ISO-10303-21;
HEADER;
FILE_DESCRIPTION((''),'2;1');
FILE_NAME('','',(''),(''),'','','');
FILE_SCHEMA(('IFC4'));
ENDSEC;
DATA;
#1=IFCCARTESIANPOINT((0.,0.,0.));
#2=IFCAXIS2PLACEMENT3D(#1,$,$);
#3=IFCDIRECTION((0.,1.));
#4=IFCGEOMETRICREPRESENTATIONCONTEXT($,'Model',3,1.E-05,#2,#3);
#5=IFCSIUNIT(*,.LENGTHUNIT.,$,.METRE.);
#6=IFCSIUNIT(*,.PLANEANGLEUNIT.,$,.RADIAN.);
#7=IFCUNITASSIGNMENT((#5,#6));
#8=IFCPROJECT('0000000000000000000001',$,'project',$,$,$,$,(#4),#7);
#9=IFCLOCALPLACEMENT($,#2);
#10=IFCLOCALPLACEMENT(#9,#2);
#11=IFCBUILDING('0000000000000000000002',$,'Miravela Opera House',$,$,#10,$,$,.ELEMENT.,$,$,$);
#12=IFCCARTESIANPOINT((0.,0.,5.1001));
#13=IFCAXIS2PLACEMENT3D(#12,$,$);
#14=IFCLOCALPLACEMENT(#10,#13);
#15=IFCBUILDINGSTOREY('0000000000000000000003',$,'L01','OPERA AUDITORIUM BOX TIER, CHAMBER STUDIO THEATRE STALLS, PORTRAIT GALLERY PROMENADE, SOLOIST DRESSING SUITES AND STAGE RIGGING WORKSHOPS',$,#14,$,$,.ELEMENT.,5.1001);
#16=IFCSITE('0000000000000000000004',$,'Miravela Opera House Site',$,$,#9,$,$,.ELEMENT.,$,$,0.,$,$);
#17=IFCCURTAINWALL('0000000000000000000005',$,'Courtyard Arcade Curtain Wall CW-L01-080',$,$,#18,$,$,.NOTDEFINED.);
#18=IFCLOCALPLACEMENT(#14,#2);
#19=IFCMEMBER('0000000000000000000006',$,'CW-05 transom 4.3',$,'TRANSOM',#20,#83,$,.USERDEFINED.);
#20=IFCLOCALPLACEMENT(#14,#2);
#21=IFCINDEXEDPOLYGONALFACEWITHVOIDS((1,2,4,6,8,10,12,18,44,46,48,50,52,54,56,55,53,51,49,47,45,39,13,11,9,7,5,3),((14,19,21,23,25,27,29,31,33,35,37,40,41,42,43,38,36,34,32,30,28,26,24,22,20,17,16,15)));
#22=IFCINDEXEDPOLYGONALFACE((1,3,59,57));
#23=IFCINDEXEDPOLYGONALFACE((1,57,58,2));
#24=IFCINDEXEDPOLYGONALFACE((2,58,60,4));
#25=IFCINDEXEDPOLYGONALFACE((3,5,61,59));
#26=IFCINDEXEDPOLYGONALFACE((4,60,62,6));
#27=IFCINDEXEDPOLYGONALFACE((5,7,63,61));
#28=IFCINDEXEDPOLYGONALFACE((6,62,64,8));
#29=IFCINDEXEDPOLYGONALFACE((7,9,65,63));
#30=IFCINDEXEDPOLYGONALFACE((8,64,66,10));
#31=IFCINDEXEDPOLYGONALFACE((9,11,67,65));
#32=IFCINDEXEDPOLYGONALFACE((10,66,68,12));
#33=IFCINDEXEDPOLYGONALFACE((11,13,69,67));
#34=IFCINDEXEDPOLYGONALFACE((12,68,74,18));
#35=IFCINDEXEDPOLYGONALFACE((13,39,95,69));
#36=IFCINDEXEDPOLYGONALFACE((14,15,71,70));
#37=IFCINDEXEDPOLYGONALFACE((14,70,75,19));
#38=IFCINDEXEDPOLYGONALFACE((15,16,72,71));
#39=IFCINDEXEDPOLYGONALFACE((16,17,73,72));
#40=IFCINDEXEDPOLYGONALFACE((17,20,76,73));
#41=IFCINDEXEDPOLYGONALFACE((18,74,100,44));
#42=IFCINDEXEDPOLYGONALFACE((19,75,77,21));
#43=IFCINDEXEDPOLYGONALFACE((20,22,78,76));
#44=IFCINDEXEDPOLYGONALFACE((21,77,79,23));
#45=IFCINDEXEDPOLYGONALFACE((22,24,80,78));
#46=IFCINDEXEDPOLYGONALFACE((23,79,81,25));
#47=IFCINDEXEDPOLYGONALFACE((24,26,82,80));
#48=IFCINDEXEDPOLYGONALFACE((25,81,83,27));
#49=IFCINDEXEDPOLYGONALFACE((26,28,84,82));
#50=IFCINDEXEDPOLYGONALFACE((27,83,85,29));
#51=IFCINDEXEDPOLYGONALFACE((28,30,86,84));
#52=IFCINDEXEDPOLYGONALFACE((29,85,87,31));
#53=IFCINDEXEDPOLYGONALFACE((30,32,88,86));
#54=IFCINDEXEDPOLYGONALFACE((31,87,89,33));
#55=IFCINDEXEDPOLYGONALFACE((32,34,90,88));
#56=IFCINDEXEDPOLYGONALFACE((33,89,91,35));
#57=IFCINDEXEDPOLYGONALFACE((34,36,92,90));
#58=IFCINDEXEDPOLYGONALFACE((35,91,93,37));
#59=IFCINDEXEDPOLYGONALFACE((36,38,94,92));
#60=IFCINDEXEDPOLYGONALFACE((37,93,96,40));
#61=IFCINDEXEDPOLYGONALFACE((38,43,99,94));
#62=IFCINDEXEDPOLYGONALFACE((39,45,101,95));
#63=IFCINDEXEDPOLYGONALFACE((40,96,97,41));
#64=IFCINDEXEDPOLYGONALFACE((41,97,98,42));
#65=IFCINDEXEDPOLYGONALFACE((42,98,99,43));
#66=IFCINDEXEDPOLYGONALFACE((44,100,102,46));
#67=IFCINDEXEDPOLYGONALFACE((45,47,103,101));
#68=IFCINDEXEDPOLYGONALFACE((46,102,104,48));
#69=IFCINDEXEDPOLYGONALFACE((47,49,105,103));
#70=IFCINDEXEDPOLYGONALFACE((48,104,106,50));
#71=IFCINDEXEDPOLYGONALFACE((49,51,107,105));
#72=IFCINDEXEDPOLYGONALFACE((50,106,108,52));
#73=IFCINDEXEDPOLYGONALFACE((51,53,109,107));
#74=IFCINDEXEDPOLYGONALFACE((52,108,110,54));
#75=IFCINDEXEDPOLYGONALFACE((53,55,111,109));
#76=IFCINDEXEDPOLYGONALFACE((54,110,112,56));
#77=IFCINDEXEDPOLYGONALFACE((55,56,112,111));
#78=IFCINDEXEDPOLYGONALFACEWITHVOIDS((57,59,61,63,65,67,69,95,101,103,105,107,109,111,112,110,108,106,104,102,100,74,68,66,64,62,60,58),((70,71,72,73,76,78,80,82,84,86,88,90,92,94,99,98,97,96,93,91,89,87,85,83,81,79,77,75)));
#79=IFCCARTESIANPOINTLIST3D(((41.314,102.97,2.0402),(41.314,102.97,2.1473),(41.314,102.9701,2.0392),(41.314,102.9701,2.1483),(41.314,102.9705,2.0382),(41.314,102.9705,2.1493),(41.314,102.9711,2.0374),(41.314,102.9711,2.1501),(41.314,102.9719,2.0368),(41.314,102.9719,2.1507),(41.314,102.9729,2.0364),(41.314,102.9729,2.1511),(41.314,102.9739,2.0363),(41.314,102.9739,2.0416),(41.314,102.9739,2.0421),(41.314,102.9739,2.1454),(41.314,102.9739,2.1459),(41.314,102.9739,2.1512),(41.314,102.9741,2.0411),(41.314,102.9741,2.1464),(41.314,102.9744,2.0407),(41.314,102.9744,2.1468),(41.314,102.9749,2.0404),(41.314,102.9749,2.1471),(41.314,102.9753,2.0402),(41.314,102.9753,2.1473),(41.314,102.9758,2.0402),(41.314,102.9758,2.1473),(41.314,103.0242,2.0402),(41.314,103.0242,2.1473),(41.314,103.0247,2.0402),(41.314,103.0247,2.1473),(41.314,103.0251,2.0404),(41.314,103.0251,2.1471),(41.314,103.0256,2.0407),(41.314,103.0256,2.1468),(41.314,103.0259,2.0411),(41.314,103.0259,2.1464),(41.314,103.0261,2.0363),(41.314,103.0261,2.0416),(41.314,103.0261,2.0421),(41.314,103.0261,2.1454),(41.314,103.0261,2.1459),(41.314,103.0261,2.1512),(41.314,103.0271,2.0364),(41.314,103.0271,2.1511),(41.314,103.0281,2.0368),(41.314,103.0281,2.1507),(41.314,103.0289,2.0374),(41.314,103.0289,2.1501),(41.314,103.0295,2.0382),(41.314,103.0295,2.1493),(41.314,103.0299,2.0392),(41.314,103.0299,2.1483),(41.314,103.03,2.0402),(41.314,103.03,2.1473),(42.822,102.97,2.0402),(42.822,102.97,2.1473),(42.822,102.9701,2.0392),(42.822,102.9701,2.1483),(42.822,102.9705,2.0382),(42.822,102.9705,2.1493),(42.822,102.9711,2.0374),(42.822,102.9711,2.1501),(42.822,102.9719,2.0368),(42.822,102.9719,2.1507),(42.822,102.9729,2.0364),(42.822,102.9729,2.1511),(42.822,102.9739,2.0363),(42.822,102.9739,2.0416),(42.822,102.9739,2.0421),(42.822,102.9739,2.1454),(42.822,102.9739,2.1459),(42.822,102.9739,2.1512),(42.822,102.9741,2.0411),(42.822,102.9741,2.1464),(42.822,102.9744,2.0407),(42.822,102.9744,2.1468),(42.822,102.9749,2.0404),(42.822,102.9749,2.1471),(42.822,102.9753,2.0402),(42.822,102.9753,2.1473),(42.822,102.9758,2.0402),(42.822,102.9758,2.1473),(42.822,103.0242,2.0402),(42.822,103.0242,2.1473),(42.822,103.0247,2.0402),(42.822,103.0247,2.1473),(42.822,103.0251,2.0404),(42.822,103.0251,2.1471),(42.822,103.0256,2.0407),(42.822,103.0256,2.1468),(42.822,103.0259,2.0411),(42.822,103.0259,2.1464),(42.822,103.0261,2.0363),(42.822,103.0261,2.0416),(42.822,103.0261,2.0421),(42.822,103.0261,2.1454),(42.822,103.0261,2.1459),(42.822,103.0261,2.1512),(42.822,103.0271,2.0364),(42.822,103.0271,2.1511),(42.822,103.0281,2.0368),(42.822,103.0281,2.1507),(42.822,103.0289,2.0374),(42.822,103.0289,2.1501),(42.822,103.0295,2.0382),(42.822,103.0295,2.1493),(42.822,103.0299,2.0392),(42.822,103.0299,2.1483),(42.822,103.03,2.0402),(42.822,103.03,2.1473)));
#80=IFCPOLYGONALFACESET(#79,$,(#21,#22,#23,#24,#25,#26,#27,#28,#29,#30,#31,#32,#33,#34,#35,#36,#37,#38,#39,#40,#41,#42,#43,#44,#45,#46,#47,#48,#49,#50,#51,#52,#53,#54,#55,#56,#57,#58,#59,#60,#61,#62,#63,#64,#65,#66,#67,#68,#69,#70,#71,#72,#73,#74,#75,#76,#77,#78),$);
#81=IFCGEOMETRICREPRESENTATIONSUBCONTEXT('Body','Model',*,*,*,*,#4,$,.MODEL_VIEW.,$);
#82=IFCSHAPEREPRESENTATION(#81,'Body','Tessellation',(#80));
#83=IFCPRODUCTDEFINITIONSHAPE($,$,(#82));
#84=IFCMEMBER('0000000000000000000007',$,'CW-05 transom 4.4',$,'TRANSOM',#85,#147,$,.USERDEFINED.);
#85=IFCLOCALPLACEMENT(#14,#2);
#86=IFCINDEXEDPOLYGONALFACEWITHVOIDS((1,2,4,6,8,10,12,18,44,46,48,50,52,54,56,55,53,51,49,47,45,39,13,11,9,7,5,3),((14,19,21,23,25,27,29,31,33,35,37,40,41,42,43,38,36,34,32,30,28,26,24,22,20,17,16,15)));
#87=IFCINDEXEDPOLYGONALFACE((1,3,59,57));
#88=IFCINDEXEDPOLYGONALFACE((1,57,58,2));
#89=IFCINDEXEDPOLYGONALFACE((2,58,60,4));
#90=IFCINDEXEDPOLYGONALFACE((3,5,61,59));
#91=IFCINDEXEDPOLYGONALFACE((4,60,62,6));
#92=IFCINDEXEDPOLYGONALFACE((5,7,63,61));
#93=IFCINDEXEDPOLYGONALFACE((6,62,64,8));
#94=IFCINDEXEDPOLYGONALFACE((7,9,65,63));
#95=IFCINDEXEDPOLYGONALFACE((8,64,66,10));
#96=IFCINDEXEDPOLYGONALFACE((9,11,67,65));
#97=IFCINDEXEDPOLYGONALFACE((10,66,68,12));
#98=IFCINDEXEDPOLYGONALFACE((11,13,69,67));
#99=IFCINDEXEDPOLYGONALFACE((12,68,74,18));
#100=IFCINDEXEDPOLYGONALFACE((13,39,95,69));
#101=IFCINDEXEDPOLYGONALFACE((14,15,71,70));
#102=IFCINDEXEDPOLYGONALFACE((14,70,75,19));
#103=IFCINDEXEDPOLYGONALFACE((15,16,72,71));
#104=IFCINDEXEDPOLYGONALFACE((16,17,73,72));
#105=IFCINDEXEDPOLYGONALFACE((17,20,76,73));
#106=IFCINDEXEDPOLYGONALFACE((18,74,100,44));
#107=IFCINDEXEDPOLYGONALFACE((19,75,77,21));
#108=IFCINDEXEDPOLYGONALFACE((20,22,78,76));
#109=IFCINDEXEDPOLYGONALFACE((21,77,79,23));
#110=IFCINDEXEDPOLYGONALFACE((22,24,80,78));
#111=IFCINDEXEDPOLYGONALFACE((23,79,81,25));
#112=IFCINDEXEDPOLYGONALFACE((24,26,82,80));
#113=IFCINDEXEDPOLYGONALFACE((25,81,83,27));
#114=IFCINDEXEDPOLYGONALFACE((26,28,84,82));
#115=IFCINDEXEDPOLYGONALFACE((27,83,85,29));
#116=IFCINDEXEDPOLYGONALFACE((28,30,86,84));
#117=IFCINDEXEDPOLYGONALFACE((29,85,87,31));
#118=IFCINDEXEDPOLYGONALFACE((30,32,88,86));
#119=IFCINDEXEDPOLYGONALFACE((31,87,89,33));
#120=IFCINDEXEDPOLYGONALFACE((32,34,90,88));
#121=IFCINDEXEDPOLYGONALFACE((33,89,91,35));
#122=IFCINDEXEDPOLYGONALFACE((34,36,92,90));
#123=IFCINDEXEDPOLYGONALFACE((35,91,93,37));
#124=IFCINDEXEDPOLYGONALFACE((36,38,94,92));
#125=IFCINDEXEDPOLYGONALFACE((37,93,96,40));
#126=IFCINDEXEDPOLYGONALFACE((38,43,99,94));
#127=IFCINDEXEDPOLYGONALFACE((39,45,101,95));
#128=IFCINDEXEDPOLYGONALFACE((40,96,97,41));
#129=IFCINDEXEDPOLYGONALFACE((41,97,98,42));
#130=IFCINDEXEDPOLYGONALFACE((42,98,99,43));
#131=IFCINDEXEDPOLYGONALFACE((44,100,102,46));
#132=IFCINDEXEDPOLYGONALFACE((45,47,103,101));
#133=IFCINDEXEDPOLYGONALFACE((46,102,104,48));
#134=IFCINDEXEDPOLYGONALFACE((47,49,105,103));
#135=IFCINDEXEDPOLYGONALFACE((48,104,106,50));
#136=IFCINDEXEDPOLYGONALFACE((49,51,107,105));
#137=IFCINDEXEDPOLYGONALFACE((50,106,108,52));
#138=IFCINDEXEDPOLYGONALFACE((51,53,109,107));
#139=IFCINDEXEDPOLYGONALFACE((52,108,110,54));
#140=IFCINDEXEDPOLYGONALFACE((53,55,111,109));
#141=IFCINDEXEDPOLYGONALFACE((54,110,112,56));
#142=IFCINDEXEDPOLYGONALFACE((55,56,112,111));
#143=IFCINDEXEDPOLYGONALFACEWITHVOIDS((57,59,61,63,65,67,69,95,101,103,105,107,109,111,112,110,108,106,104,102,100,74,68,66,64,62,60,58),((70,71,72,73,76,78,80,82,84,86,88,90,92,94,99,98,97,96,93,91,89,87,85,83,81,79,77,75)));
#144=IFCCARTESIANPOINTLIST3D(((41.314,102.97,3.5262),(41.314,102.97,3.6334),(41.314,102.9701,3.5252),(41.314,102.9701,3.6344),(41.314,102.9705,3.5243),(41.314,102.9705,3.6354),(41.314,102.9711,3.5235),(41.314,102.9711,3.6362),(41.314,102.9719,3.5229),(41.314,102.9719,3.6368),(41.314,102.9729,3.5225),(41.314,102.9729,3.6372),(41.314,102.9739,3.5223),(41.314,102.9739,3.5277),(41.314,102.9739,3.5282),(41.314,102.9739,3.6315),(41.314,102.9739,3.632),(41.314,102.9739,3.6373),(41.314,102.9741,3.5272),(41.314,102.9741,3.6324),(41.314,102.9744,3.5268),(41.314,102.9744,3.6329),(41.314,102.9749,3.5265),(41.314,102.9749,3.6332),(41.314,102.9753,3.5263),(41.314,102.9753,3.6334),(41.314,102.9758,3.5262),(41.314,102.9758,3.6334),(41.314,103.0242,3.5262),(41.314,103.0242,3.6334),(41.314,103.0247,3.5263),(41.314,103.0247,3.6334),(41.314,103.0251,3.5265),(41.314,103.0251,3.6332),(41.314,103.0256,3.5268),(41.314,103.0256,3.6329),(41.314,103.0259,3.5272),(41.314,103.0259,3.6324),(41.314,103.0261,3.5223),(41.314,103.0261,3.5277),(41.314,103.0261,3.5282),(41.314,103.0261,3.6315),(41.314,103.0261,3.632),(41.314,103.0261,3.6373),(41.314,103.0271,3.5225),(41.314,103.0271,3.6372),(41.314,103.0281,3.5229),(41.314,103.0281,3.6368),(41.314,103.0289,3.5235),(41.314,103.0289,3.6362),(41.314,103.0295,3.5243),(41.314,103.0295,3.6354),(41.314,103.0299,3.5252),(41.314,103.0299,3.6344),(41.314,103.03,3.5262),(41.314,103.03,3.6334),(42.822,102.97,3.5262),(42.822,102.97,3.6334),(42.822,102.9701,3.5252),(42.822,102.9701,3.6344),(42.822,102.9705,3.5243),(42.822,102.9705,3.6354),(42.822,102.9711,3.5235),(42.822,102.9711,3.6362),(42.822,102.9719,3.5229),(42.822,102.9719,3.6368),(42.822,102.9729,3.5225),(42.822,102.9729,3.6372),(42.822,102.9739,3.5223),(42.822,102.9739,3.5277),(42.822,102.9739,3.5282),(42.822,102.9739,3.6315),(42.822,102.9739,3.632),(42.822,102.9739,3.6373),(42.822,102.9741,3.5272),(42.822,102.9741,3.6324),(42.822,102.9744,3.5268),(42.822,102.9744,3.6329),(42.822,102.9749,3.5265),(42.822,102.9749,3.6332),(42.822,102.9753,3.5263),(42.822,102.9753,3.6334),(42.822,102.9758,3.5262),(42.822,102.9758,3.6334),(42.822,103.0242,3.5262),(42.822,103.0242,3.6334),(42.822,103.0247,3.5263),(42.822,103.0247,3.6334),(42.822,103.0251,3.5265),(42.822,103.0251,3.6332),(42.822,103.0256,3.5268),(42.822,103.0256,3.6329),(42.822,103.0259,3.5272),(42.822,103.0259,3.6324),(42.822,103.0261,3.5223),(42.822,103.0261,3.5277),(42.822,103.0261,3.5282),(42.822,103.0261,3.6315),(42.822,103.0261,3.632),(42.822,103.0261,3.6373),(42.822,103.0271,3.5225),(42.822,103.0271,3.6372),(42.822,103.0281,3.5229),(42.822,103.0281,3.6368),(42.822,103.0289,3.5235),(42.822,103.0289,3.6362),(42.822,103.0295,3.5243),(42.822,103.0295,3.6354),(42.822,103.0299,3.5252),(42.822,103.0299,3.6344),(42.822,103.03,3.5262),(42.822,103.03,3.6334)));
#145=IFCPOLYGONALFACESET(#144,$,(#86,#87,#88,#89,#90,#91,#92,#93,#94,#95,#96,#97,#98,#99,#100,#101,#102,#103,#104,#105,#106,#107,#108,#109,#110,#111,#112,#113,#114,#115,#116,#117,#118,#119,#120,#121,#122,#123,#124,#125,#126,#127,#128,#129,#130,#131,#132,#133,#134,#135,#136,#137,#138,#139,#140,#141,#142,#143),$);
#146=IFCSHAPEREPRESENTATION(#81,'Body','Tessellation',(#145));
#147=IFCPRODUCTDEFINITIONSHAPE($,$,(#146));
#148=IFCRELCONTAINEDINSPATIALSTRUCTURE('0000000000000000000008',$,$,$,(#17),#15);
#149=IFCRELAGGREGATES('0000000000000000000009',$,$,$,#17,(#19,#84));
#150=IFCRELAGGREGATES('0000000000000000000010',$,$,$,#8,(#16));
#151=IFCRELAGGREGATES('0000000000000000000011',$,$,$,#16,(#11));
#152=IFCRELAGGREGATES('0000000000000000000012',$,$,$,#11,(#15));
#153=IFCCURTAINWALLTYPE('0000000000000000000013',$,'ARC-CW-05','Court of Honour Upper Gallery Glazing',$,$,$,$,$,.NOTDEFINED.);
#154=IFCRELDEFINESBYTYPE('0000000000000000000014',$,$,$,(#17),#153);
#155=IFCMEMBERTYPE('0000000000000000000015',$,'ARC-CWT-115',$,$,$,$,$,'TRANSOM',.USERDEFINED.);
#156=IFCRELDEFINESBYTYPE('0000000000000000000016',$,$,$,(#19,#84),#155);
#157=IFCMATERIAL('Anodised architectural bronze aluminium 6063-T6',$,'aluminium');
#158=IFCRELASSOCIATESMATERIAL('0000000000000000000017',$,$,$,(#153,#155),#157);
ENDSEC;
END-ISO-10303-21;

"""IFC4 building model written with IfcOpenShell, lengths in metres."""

from ifc_helpers import new_model, si_unit, direction, frame, origin, origin_2d, place, context, subcontext, project, spatial, hollow_rectangle, extrude, material, material_profile, profile_set, type_object, element, aggregate, save


model = new_model("IFC4")

# Units and contexts
model_context = context("Model", 3, precision=1e-05, world=origin(), true_north=direction((0.0, 1.0)))
body_context = subcontext(model_context, "Body", "Model", "MODEL_VIEW")
ifc_project = project(units=[si_unit("LENGTHUNIT", "METRE"), si_unit("PLANEANGLEUNIT", "RADIAN")], contexts=[model_context])

# Site, building, storey
site_placement = place(None, origin())
site = spatial("IfcSite", under=ifc_project, at=site_placement, Name="Miravela Opera House Site", CompositionType="ELEMENT", RefElevation=0.0)
building_placement = place(site_placement, origin())
building = spatial("IfcBuilding", under=site, at=building_placement, Name="Miravela Opera House", CompositionType="ELEMENT")
storey_placement = place(building_placement, frame((0.0, 0.0, 5.1001)))
storey = spatial("IfcBuildingStorey", under=building, at=storey_placement, Name="L01", Description="OPERA AUDITORIUM BOX TIER, CHAMBER STUDIO THEATRE STALLS, PORTRAIT GALLERY PROMENADE, SOLOIST DRESSING SUITES AND STAGE RIGGING WORKSHOPS", CompositionType="ELEMENT", Elevation=5.1001)

# Curtain wall, members
ifc_material_1 = material(Name="Anodised architectural bronze aluminium 6063-T6", Category="aluminium")
curtain_wall_type = type_object("IfcCurtainWallType", Name="ARC-CW-05", Description="Court of Honour Upper Gallery Glazing", PredefinedType="NOTDEFINED", material=ifc_material_1)
curtain_wall_placement = place(storey_placement, origin())
curtain_wall = element("IfcCurtainWall", 1, at=curtain_wall_placement, inside=storey, type_object=curtain_wall_type, Name="Courtyard Arcade Curtain Wall CW-L01-080", PredefinedType="NOTDEFINED")
ifc_material_profile_1 = material_profile(ifc_material_1, hollow_rectangle(XDim=0.0601, YDim=0.115, WallThickness=0.0039, InnerFilletRadius=0.002, OuterFilletRadius=0.0039, at=origin_2d()), Name="CWT-60X115")
ifc_profile_set_1 = profile_set([ifc_material_profile_1])
member_type_1 = type_object("IfcMemberType", Name="ARC-CWT-115", ElementType="TRANSOM", PredefinedType="USERDEFINED", material=ifc_profile_set_1)
member_1_placement = place(storey_placement, frame((41.314, 103.0, 2.0938), z_axis=(1.0, 0.0, 0.0), x_axis=(0.0, 1.0, 0.0)))
member_1 = element("IfcMember", 2, at=member_1_placement, type_object=member_type_1, Name="CW-05 transom 4.3", ObjectType="TRANSOM", PredefinedType="USERDEFINED", context=body_context, shape_type="SweptSolid", body=[
    extrude(hollow_rectangle(XDim=0.0601, YDim=0.115, WallThickness=0.0039, InnerFilletRadius=0.002, OuterFilletRadius=0.0039, at=origin_2d()), origin(), (0.0, 0.0, 1.0), 1.5081),
])
member_2_placement = place(storey_placement, frame((41.314, 103.0, 3.5798), z_axis=(1.0, 0.0, 0.0), x_axis=(0.0, 1.0, 0.0)))
member_2 = element("IfcMember", 3, at=member_2_placement, type_object=member_type_1, Name="CW-05 transom 4.4", ObjectType="TRANSOM", PredefinedType="USERDEFINED", context=body_context, shape_type="SweptSolid", body=[
    extrude(hollow_rectangle(XDim=0.0601, YDim=0.115, WallThickness=0.0039, InnerFilletRadius=0.002, OuterFilletRadius=0.0039, at=origin_2d()), origin(), (0.0, 0.0, 1.0), 1.5081),
])

aggregate(curtain_wall, [member_1, member_2])

save(model, "model.ifc")
